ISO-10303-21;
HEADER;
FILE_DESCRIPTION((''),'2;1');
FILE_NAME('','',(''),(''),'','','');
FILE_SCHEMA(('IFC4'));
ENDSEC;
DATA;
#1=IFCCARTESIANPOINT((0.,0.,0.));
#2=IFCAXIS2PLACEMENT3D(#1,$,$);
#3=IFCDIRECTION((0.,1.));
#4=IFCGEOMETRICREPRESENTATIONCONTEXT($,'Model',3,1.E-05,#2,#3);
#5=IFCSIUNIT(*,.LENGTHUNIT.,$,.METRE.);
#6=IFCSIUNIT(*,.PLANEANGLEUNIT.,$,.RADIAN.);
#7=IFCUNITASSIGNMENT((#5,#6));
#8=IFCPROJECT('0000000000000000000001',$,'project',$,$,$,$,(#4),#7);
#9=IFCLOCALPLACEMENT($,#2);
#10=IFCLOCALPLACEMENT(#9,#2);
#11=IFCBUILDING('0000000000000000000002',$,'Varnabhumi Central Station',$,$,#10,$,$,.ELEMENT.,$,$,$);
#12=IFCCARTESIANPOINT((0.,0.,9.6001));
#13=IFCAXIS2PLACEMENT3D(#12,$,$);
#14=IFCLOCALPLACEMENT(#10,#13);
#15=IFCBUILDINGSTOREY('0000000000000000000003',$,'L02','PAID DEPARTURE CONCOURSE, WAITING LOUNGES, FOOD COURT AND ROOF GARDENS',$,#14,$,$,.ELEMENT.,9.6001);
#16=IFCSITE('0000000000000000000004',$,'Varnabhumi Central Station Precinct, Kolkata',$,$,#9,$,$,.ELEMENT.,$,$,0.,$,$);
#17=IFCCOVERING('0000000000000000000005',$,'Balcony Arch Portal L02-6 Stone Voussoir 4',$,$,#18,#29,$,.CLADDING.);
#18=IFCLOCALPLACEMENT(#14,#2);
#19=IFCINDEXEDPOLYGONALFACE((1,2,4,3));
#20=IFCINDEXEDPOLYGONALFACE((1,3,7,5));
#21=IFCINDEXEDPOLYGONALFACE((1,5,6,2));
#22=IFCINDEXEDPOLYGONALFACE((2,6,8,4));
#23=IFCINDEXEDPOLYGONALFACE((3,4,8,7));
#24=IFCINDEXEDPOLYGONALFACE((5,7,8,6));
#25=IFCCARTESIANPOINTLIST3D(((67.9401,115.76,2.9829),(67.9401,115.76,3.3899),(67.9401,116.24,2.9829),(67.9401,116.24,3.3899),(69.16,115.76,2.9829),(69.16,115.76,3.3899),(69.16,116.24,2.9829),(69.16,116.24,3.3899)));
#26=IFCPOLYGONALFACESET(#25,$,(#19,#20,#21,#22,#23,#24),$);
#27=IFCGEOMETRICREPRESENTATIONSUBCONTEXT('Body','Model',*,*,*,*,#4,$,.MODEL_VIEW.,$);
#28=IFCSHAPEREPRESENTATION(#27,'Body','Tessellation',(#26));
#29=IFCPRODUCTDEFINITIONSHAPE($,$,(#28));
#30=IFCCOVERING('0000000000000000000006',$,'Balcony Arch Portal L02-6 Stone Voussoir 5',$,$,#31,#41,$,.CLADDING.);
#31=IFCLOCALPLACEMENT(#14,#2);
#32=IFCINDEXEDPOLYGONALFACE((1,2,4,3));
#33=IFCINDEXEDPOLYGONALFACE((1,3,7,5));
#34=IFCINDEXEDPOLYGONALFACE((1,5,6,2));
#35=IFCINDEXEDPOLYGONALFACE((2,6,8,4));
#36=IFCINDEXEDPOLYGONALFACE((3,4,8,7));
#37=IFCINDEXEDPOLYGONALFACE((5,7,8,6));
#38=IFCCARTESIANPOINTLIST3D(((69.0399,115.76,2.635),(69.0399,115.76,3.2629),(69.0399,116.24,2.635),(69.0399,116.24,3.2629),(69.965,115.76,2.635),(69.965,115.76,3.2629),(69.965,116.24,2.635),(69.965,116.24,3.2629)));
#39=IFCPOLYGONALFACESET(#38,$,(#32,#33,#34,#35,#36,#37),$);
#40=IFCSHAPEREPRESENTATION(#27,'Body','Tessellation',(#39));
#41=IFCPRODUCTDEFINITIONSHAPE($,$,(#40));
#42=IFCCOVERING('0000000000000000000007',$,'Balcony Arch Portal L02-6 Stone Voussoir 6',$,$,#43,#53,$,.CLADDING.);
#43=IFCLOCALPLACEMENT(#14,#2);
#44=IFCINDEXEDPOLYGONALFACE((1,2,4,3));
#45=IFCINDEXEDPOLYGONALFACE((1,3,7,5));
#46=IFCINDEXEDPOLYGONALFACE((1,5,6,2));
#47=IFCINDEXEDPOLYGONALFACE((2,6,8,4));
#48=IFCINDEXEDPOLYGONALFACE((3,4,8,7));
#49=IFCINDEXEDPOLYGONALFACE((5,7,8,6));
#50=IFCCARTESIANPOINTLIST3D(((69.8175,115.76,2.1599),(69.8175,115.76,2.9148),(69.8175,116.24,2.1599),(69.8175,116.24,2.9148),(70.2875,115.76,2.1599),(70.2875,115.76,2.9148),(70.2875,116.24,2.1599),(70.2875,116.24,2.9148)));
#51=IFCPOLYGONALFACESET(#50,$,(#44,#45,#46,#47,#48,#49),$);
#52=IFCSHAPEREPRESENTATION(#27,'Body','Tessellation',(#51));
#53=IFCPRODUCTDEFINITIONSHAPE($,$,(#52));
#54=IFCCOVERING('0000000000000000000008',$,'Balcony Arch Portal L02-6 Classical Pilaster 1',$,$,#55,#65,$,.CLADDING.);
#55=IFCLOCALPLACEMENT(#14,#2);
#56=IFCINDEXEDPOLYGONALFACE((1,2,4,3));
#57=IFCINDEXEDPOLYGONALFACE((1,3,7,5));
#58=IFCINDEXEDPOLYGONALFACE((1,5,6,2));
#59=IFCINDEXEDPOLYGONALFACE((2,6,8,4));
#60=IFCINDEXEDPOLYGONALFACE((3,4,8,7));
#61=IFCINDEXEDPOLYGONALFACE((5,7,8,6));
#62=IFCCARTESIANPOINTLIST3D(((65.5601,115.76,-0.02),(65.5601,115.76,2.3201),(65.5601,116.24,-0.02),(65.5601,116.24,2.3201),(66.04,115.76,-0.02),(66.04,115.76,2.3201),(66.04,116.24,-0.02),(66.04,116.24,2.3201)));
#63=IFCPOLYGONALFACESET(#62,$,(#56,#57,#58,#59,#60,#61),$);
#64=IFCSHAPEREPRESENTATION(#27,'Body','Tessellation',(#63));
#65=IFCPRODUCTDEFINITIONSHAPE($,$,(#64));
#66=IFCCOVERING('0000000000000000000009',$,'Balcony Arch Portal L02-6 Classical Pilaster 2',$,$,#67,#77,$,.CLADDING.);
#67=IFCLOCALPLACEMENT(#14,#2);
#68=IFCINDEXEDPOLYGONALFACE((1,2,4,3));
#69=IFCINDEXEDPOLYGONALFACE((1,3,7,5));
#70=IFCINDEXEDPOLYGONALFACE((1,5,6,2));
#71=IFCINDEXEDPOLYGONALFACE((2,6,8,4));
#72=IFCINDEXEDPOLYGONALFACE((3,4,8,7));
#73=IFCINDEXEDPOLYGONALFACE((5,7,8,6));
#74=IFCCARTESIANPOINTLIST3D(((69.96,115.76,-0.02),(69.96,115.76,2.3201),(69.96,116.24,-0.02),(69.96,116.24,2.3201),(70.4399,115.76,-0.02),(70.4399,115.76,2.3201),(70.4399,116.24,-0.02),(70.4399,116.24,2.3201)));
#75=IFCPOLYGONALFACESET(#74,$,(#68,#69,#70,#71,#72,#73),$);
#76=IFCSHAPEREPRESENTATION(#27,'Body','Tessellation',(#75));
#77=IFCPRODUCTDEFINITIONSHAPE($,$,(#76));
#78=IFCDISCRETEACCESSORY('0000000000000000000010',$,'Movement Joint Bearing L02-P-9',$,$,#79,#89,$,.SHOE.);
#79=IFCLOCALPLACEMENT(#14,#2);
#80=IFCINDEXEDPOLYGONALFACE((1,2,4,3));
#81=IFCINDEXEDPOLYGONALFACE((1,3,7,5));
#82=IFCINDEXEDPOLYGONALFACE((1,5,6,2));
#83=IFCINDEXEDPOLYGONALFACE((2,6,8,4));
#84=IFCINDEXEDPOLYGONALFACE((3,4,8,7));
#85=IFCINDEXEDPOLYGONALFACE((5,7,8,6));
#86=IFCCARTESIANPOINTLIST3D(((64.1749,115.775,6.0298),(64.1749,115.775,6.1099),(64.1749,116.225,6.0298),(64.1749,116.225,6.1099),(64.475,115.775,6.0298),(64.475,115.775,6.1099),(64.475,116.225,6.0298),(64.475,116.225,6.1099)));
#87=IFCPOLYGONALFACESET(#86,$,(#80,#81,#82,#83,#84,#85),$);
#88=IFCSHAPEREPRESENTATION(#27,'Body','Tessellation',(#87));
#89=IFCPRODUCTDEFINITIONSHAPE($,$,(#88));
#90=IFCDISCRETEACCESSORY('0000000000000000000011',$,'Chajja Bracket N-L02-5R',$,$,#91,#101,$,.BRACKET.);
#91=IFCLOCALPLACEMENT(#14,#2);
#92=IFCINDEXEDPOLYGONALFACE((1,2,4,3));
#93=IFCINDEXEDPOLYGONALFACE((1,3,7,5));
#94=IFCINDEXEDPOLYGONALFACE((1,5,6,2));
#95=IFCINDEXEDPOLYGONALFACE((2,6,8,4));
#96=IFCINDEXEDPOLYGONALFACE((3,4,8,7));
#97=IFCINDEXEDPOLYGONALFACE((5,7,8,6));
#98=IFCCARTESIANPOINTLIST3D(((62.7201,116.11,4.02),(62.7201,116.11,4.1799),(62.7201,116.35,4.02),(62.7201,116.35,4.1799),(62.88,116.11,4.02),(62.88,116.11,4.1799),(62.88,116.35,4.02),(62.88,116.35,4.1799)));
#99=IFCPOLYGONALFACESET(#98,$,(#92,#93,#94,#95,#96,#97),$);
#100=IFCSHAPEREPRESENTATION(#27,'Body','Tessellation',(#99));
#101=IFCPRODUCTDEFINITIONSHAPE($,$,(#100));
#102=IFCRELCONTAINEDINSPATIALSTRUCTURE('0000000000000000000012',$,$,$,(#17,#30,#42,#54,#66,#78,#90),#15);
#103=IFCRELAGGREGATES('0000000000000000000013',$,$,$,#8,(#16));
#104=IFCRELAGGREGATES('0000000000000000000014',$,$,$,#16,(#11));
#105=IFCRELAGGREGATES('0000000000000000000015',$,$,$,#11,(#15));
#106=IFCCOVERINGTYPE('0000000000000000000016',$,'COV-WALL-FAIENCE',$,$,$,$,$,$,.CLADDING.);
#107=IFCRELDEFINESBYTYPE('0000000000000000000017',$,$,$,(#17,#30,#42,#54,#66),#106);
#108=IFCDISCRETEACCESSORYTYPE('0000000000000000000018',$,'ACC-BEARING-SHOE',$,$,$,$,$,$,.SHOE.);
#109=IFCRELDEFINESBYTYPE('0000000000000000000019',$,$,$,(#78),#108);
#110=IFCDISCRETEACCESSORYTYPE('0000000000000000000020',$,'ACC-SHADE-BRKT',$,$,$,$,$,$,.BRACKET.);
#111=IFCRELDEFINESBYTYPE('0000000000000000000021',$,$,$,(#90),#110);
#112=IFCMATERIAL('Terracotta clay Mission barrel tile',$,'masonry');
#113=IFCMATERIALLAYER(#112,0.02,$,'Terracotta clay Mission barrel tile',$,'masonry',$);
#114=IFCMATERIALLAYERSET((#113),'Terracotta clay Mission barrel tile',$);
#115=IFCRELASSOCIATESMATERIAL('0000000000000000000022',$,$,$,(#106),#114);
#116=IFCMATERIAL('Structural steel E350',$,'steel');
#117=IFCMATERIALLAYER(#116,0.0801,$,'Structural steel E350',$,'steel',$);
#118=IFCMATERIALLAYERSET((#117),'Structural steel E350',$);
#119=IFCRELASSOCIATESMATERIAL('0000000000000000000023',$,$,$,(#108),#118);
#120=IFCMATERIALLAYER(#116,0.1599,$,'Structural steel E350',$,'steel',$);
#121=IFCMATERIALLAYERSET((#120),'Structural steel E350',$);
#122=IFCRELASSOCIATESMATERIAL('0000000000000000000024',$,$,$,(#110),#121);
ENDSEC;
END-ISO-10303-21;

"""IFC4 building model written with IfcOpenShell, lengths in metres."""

from ifc_helpers import new_model, si_unit, direction, frame, origin, origin_2d, place, context, subcontext, project, spatial, rectangle, extrude, material, layer, layer_set, type_object, element, save


model = new_model("IFC4")

# Units and contexts
model_context = context("Model", 3, precision=1e-05, world=origin(), true_north=direction((0.0, 1.0)))
body_context = subcontext(model_context, "Body", "Model", "MODEL_VIEW")
ifc_project = project(units=[si_unit("LENGTHUNIT", "METRE"), si_unit("PLANEANGLEUNIT", "RADIAN")], contexts=[model_context])

# Site, building, storey
site_placement = place(None, origin())
site = spatial("IfcSite", under=ifc_project, at=site_placement, Name="Varnabhumi Central Station Precinct, Kolkata", CompositionType="ELEMENT", RefElevation=0.0)
building_placement = place(site_placement, origin())
building = spatial("IfcBuilding", under=site, at=building_placement, Name="Varnabhumi Central Station", CompositionType="ELEMENT")
storey_placement = place(building_placement, frame((0.0, 0.0, 9.6001)))
storey = spatial("IfcBuildingStorey", under=building, at=storey_placement, Name="L02", Description="PAID DEPARTURE CONCOURSE, WAITING LOUNGES, FOOD COURT AND ROOF GARDENS", CompositionType="ELEMENT", Elevation=9.6001)

# Shared definitions
ifc_material_1 = material(Name="Structural steel E350", Category="steel")

# Coverings
ifc_material_2 = material(Name="Terracotta clay Mission barrel tile", Category="masonry")
ifc_layer_1 = layer(ifc_material_2, 0.02, Name="Terracotta clay Mission barrel tile", Category="masonry")
ifc_layer_set_1 = layer_set([ifc_layer_1], Name="Terracotta clay Mission barrel tile")
covering_type = type_object("IfcCoveringType", Name="COV-WALL-FAIENCE", PredefinedType="CLADDING", material=ifc_layer_set_1)
for number, where, z_axis, x_axis, name in (
    (1, (68.55, 116.0, 2.9829), (0.0, 0.0, 1.0), (1.0, 0.0, 0.0), "Balcony Arch Portal L02-6 Stone Voussoir 4"),
):
    element("IfcCovering", number, at=place(storey_placement, frame(where, z_axis=z_axis, x_axis=x_axis)), inside=storey, type_object=covering_type, Name=name, PredefinedType="CLADDING", context=body_context, shape_type="SweptSolid", body=[
        extrude(rectangle(XDim=1.22, YDim=0.48, at=origin_2d()), origin(), (0.0, 0.0, 1.0), 0.407),
    ])
covering_1_placement = place(storey_placement, frame((69.5024, 116.0, 2.635), z_axis=(0.0, 0.0, 1.0), x_axis=(1.0, 0.0, 0.0)))
element("IfcCovering", 2, at=covering_1_placement, inside=storey, type_object=covering_type, Name="Balcony Arch Portal L02-6 Stone Voussoir 5", PredefinedType="CLADDING", context=body_context, shape_type="SweptSolid", body=[
    extrude(rectangle(XDim=0.925, YDim=0.48, at=origin_2d()), origin(), (0.0, 0.0, 1.0), 0.6279),
])
covering_2_placement = place(storey_placement, frame((70.0525, 116.0, 2.1599), z_axis=(0.0, 0.0, 1.0), x_axis=(1.0, 0.0, 0.0)))
element("IfcCovering", 3, at=covering_2_placement, inside=storey, type_object=covering_type, Name="Balcony Arch Portal L02-6 Stone Voussoir 6", PredefinedType="CLADDING", context=body_context, shape_type="SweptSolid", body=[
    extrude(rectangle(XDim=0.47, YDim=0.48, at=origin_2d()), origin(), (0.0, 0.0, 1.0), 0.7549),
])
for number, where, z_axis, x_axis, name in (
    (4, (65.8, 116.0, -0.02), (0.0, 0.0, 1.0), (1.0, 0.0, 0.0), "Balcony Arch Portal L02-6 Classical Pilaster 1"),
    (5, (70.2, 116.0, -0.02), (0.0, 0.0, 1.0), (1.0, 0.0, 0.0), "Balcony Arch Portal L02-6 Classical Pilaster 2"),
):
    element("IfcCovering", number, at=place(storey_placement, frame(where, z_axis=z_axis, x_axis=x_axis)), inside=storey, type_object=covering_type, Name=name, PredefinedType="CLADDING", context=body_context, shape_type="SweptSolid", body=[
        extrude(rectangle(XDim=0.48, YDim=0.48, at=origin_2d()), origin(), (0.0, 0.0, 1.0), 2.3401),
    ])

# Discrete accessories
ifc_layer_2 = layer(ifc_material_1, 0.0801, Name="Structural steel E350", Category="steel")
ifc_layer_set_2 = layer_set([ifc_layer_2], Name="Structural steel E350")
discrete_accessory_type_1 = type_object("IfcDiscreteAccessoryType", Name="ACC-BEARING-SHOE", PredefinedType="SHOE", material=ifc_layer_set_2)
discrete_accessory_1_placement = place(storey_placement, frame((64.325, 116.0, 6.0298), z_axis=(0.0, 0.0, 1.0), x_axis=(1.0, 0.0, 0.0)))
element("IfcDiscreteAccessory", 6, at=discrete_accessory_1_placement, inside=storey, type_object=discrete_accessory_type_1, Name="Movement Joint Bearing L02-P-9", PredefinedType="SHOE", context=body_context, shape_type="SweptSolid", body=[
    extrude(rectangle(XDim=0.3, YDim=0.45, at=origin_2d()), origin(), (0.0, 0.0, 1.0), 0.0801),
])
ifc_layer_3 = layer(ifc_material_1, 0.1599, Name="Structural steel E350", Category="steel")
ifc_layer_set_3 = layer_set([ifc_layer_3], Name="Structural steel E350")
discrete_accessory_type_2 = type_object("IfcDiscreteAccessoryType", Name="ACC-SHADE-BRKT", PredefinedType="BRACKET", material=ifc_layer_set_3)
discrete_accessory_2_placement = place(storey_placement, frame((62.8, 116.23, 4.02), z_axis=(0.0, 0.0, 1.0), x_axis=(1.0, 0.0, 0.0)))
element("IfcDiscreteAccessory", 7, at=discrete_accessory_2_placement, inside=storey, type_object=discrete_accessory_type_2, Name="Chajja Bracket N-L02-5R", PredefinedType="BRACKET", context=body_context, shape_type="SweptSolid", body=[
    extrude(rectangle(XDim=0.1599, YDim=0.24, at=origin_2d()), origin(), (0.0, 0.0, 1.0), 0.1599),
])

save(model, "model.ifc")
